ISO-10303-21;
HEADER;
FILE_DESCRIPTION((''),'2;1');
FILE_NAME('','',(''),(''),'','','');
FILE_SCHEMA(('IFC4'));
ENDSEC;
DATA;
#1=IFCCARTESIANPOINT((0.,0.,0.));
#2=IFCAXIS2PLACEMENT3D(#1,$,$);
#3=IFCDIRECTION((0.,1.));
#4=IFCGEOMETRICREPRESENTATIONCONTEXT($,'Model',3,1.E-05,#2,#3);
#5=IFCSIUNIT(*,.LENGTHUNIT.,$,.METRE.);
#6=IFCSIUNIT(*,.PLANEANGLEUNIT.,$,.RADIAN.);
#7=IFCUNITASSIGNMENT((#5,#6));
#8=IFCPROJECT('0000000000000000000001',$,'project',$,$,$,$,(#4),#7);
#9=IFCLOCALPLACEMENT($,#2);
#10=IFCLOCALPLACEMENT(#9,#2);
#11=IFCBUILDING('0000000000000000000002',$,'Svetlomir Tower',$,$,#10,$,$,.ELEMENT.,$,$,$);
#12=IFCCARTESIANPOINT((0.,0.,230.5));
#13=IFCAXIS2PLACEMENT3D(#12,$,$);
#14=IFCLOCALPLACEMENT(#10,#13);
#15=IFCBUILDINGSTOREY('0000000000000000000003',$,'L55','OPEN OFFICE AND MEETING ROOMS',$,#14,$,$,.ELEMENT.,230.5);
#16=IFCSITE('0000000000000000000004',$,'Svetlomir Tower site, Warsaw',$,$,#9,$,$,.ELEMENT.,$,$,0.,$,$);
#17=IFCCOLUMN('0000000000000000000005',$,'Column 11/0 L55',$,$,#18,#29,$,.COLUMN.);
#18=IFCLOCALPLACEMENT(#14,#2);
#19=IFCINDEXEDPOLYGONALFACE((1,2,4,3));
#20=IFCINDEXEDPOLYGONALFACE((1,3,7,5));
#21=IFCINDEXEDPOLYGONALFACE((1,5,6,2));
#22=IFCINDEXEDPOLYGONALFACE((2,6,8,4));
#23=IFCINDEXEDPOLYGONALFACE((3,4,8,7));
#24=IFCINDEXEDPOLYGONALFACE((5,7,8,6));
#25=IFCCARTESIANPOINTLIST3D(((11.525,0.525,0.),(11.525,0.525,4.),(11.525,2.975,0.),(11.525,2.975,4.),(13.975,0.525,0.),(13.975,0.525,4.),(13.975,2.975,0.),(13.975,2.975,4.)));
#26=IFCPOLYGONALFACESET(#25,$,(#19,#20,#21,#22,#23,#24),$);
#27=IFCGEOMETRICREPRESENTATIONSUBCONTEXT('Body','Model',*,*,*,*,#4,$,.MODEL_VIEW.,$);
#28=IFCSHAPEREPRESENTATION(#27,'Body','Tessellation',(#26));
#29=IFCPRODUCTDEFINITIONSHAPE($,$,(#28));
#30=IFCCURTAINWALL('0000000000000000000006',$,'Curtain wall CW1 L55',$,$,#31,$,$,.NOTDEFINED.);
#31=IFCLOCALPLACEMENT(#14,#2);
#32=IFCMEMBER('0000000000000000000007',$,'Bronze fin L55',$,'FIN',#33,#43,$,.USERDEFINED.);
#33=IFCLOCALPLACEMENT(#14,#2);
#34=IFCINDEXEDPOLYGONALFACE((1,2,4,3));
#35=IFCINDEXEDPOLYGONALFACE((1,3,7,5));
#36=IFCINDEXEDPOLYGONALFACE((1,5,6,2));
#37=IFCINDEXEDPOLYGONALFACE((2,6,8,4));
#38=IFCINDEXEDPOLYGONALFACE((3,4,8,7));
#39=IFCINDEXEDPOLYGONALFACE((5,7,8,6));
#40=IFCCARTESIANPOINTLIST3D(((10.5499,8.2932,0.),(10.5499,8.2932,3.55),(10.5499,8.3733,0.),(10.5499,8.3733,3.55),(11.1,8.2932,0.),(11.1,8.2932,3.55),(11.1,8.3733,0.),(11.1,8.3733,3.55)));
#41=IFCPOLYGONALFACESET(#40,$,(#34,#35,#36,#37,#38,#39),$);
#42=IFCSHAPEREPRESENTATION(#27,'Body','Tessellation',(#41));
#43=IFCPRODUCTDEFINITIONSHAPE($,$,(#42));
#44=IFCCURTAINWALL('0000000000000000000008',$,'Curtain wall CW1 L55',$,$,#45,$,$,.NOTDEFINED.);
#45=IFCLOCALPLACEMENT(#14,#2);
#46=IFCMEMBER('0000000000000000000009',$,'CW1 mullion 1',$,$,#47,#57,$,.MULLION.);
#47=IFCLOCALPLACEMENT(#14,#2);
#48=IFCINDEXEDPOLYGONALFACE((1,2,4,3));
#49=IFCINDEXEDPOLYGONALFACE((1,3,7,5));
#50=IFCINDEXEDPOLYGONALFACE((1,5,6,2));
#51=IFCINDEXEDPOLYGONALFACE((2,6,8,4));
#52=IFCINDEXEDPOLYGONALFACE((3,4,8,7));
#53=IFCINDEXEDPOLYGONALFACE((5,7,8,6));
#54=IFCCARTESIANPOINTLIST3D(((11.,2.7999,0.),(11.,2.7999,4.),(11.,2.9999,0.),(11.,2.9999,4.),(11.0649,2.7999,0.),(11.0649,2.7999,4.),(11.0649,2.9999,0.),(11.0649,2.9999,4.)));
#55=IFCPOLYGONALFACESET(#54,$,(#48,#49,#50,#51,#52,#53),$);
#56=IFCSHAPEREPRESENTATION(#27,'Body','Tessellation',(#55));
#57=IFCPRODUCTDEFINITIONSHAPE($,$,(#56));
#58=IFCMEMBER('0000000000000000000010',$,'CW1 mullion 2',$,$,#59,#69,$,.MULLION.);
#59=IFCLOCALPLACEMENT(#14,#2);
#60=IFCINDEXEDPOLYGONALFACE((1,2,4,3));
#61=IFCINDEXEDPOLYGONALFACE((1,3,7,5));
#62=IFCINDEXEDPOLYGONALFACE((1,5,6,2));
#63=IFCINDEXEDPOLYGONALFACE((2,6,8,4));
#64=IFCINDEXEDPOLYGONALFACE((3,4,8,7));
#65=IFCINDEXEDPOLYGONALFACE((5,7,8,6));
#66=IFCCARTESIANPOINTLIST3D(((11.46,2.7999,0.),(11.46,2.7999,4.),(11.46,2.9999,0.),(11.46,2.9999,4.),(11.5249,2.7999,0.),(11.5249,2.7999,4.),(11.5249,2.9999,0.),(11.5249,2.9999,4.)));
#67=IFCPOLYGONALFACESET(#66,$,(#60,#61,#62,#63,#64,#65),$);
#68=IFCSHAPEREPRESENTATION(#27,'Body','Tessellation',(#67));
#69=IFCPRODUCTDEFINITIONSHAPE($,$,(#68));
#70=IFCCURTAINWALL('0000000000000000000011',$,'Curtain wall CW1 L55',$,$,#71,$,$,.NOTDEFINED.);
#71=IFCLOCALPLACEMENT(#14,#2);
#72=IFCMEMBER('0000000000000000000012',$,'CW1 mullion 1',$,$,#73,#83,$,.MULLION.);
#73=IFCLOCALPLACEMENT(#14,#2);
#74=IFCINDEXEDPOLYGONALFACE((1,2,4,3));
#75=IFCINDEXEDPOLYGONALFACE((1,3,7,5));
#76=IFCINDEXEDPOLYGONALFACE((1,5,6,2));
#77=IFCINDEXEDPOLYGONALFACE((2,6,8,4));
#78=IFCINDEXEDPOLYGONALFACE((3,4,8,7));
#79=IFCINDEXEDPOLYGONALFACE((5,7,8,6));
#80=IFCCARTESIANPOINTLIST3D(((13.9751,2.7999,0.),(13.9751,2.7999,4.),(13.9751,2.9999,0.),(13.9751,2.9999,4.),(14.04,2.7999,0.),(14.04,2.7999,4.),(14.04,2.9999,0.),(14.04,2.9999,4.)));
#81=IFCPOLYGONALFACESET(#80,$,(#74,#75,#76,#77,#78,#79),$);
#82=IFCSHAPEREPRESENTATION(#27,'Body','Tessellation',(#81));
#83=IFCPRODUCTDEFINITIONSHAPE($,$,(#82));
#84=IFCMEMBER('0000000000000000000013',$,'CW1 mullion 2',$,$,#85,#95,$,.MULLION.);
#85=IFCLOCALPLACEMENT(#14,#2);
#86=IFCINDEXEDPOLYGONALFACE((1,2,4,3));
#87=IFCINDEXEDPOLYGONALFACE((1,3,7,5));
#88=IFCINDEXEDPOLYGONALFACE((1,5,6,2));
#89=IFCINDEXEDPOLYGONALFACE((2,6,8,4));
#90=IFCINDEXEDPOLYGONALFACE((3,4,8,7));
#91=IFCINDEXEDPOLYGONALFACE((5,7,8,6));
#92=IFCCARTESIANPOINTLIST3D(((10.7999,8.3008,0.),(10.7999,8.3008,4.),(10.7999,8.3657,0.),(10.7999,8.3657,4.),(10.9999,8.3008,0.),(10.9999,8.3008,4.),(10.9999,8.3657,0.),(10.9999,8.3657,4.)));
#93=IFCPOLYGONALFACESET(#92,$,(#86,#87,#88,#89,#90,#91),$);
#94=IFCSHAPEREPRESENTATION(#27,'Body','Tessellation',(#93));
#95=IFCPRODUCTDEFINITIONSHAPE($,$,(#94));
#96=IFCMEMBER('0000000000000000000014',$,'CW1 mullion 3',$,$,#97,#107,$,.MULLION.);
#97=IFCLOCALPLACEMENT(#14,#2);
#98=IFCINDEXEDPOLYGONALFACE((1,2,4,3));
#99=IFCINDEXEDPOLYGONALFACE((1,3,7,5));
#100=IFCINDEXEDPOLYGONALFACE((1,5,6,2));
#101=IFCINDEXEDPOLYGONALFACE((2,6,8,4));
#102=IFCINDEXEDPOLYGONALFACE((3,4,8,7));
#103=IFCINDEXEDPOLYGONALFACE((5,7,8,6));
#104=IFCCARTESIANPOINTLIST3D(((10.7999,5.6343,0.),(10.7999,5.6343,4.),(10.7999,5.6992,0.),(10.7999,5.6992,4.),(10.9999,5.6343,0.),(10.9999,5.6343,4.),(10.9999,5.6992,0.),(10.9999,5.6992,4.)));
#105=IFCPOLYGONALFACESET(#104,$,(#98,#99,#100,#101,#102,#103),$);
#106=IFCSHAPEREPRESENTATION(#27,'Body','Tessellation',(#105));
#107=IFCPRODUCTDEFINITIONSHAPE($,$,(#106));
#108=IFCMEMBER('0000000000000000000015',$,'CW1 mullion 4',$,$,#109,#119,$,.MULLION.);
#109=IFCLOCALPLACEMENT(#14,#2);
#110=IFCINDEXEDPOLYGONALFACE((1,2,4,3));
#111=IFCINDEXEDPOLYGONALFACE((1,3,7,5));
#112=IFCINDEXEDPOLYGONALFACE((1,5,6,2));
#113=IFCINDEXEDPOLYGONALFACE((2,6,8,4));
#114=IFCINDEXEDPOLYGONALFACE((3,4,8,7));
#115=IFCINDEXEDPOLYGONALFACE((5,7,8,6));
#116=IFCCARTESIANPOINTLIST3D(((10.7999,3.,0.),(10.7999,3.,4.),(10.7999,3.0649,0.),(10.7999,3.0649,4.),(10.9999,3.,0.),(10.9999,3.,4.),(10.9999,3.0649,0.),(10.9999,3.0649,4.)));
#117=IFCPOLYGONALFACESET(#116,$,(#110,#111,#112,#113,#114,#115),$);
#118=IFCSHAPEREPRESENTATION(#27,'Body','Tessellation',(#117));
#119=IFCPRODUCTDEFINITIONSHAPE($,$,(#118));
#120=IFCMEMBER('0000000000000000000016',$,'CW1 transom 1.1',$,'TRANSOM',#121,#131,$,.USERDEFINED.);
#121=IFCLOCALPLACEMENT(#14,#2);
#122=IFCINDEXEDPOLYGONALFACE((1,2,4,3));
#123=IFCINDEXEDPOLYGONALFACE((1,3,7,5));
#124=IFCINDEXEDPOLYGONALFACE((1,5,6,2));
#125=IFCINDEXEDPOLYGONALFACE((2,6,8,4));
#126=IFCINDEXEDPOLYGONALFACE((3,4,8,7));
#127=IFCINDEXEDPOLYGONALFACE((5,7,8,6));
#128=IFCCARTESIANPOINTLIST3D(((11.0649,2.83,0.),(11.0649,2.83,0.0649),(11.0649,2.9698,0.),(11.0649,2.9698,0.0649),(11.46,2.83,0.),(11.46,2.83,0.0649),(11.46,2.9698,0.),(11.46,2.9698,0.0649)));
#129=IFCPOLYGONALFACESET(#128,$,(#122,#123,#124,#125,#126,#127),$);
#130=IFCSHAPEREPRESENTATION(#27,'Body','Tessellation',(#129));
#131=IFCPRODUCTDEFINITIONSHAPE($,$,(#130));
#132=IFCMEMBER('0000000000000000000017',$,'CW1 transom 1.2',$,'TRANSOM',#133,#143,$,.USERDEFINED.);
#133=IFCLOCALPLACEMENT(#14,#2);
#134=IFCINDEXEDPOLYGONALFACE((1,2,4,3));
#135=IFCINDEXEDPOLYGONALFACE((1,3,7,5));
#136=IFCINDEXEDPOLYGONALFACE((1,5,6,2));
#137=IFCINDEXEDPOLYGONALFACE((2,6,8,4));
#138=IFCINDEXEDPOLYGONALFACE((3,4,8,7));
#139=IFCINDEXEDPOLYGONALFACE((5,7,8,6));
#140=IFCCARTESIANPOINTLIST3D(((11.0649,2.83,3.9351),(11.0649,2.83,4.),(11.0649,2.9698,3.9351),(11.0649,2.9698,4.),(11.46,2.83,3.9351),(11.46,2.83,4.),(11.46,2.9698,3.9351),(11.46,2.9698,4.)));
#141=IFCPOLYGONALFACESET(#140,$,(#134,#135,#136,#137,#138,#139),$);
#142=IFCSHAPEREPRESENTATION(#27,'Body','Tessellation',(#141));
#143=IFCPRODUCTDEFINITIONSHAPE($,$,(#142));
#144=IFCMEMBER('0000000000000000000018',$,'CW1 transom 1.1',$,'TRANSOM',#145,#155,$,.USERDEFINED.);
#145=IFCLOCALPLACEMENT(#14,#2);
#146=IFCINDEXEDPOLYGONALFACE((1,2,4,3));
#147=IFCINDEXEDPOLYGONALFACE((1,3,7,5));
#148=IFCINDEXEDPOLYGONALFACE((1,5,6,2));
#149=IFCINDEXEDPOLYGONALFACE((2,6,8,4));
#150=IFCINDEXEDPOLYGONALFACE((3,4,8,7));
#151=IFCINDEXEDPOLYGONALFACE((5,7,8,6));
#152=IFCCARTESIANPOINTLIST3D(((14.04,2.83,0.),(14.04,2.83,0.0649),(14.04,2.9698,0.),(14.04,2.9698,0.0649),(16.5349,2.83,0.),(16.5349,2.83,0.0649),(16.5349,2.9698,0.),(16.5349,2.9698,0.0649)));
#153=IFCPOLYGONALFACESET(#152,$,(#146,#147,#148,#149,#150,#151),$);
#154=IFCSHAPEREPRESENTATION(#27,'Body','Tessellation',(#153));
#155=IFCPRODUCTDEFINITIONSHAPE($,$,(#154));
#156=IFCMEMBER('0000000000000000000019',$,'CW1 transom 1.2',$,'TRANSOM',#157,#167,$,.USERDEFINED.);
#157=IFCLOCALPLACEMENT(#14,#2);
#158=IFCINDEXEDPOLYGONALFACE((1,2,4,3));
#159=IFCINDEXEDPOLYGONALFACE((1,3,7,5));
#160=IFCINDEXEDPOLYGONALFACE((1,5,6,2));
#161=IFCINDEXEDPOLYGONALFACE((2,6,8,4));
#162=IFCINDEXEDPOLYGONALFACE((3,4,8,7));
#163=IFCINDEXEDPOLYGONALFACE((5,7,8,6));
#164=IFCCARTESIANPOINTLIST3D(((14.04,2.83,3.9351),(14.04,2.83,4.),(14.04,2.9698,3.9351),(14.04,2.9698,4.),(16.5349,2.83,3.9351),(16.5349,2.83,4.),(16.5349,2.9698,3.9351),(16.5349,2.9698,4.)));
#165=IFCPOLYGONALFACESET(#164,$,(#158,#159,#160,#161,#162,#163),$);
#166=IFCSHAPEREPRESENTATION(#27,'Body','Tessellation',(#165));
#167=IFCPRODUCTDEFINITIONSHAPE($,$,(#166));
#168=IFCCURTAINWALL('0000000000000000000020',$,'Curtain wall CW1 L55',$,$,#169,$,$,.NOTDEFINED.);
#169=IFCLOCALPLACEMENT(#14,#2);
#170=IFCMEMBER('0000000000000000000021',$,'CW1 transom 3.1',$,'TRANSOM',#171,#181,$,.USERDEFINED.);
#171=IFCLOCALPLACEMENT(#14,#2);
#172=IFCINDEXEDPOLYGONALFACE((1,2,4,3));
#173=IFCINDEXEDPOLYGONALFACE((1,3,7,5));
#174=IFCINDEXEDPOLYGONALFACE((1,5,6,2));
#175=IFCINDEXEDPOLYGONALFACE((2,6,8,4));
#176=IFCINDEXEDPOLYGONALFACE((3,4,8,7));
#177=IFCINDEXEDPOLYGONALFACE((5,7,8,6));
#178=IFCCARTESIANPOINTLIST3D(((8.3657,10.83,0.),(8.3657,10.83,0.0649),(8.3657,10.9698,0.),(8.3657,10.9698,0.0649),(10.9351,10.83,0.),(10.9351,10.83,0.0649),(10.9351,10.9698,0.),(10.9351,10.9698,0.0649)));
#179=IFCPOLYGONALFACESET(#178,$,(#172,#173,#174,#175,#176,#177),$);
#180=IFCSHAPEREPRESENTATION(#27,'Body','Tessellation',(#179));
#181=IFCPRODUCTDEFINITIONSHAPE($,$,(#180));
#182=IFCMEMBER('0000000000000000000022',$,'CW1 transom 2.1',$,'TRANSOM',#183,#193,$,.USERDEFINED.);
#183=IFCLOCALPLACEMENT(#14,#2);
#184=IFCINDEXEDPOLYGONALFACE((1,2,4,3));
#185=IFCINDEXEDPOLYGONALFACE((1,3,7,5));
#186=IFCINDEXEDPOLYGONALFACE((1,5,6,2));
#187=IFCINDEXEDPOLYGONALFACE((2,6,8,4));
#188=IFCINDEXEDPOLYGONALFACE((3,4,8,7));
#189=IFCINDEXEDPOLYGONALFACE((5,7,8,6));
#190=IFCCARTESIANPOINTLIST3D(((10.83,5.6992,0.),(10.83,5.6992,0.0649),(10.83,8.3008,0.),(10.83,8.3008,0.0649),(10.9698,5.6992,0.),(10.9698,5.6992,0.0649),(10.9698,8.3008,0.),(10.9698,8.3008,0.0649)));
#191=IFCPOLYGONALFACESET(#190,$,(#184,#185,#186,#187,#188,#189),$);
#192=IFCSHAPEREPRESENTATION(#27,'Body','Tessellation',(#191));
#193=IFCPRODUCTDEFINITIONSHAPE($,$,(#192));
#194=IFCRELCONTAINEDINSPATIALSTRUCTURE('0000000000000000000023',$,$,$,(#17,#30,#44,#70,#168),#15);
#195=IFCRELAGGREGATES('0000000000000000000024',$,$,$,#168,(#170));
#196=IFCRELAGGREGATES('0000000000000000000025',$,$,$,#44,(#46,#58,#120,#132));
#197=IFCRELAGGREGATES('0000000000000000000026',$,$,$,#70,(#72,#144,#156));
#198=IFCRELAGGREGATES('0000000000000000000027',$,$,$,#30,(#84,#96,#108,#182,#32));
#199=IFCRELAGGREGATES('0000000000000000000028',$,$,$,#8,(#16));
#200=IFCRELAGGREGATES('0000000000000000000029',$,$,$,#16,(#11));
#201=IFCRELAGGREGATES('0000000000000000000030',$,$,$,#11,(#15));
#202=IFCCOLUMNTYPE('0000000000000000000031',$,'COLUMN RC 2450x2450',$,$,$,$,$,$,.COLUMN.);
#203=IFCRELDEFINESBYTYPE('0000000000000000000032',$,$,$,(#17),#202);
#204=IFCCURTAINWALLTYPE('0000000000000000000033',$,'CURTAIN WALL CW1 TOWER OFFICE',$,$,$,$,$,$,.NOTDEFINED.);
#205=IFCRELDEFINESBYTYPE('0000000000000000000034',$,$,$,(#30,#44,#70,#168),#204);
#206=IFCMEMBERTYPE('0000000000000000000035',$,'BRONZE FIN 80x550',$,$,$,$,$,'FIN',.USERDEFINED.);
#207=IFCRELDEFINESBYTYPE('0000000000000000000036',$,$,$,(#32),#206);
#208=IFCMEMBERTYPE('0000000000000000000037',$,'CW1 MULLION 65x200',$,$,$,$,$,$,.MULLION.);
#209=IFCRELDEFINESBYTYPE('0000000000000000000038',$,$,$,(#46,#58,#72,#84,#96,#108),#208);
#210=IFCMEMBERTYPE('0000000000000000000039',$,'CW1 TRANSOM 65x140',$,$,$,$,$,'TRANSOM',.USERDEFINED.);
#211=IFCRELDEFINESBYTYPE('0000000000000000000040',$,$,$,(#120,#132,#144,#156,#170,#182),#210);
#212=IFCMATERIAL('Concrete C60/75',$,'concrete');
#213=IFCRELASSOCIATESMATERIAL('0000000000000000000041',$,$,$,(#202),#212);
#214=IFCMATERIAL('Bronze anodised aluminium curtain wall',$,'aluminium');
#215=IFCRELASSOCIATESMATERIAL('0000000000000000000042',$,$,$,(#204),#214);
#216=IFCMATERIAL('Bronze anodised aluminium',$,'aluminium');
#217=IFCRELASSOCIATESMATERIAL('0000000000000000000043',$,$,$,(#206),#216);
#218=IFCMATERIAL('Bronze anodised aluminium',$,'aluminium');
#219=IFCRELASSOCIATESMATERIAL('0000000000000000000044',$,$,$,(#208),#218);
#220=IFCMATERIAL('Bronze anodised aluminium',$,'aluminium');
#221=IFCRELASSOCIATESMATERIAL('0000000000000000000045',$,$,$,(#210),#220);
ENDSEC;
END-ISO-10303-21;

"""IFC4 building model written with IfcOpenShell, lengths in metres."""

from ifc_helpers import new_model, si_unit, direction, frame, origin, origin_2d, place, context, subcontext, project, spatial, rectangle, extrude, material, material_profile, profile_set, type_object, element, aggregate, save


model = new_model("IFC4")

# Units and contexts
model_context = context("Model", 3, precision=1e-05, world=origin(), true_north=direction((0.0, 1.0)))
body_context = subcontext(model_context, "Body", "Model", "MODEL_VIEW")
ifc_project = project(units=[si_unit("LENGTHUNIT", "METRE"), si_unit("PLANEANGLEUNIT", "RADIAN")], contexts=[model_context])

# Site, building, storey
site_placement = place(None, origin())
site = spatial("IfcSite", under=ifc_project, at=site_placement, Name="Svetlomir Tower site, Warsaw", CompositionType="ELEMENT", RefElevation=0.0)
building_placement = place(site_placement, origin())
building = spatial("IfcBuilding", under=site, at=building_placement, Name="Svetlomir Tower", CompositionType="ELEMENT")
storey_placement = place(building_placement, frame((0.0, 0.0, 230.5)))
storey = spatial("IfcBuildingStorey", under=building, at=storey_placement, Name="L55", Description="OPEN OFFICE AND MEETING ROOMS", CompositionType="ELEMENT", Elevation=230.5)

# Column
ifc_material_1 = material(Name="Concrete C60/75", Category="concrete")
ifc_material_profile_1 = material_profile(ifc_material_1, rectangle(XDim=2.45, YDim=2.45, at=origin_2d()), Name="RC 2450x2450")
ifc_profile_set_1 = profile_set([ifc_material_profile_1], Name="Concrete C60/75")
column_type = type_object("IfcColumnType", Name="COLUMN RC 2450x2450", PredefinedType="COLUMN", material=ifc_profile_set_1)
column_placement = place(storey_placement, frame((12.75, 1.75, 0.0), z_axis=(0.0, 0.0, 1.0), x_axis=(1.0, 0.0, 0.0)))
element("IfcColumn", 1, at=column_placement, inside=storey, type_object=column_type, Name="Column 11/0 L55", PredefinedType="COLUMN", context=body_context, shape_type="SweptSolid", body=[
    extrude(rectangle(XDim=2.45, YDim=2.45, at=origin_2d()), origin(), (0.0, 0.0, 1.0), 4.0),
])

# Curtain wall, member
ifc_material_2 = material(Name="Bronze anodised aluminium curtain wall", Category="aluminium")
curtain_wall_type = type_object("IfcCurtainWallType", Name="CURTAIN WALL CW1 TOWER OFFICE", PredefinedType="NOTDEFINED", material=ifc_material_2)
curtain_wall_1_placement = place(storey_placement, origin())
curtain_wall_1 = element("IfcCurtainWall", 2, at=curtain_wall_1_placement, inside=storey, type_object=curtain_wall_type, Name="Curtain wall CW1 L55", PredefinedType="NOTDEFINED")
ifc_material_3 = material(Name="Bronze anodised aluminium", Category="aluminium")
ifc_material_profile_2 = material_profile(ifc_material_3, rectangle(XDim=0.0801, YDim=0.55, at=origin_2d()), Name="FIN 80x550")
ifc_profile_set_2 = profile_set([ifc_material_profile_2], Name="Bronze anodised aluminium 6063-T6")
member_type_1 = type_object("IfcMemberType", Name="BRONZE FIN 80x550", ElementType="FIN", PredefinedType="USERDEFINED", material=ifc_profile_set_2)
member_1_placement = place(storey_placement, frame((10.825, 8.3333, 0.0), z_axis=(0.0, 0.0, 1.0), x_axis=(0.0, 1.0, 0.0)))
member_1 = element("IfcMember", 3, at=member_1_placement, type_object=member_type_1, Name="Bronze fin L55", ObjectType="FIN", PredefinedType="USERDEFINED", context=body_context, shape_type="SweptSolid", body=[
    extrude(rectangle(XDim=0.0801, YDim=0.55, at=origin_2d()), origin(), (0.0, 0.0, 1.0), 3.55),
])

# Curtain wall, members
curtain_wall_2_placement = place(storey_placement, origin())
curtain_wall_2 = element("IfcCurtainWall", 4, at=curtain_wall_2_placement, inside=storey, type_object=curtain_wall_type, Name="Curtain wall CW1 L55", PredefinedType="NOTDEFINED")
ifc_material_4 = material(Name="Bronze anodised aluminium", Category="aluminium")
ifc_material_profile_3 = material_profile(ifc_material_4, rectangle(XDim=0.0649, YDim=0.2, at=origin_2d()), Name="AL 65x200")
ifc_profile_set_3 = profile_set([ifc_material_profile_3], Name="Bronze anodised aluminium 6063-T6")
member_type_2 = type_object("IfcMemberType", Name="CW1 MULLION 65x200", PredefinedType="MULLION", material=ifc_profile_set_3)
member_2_placement = place(storey_placement, frame((11.0325, 2.8999, 0.0), z_axis=(0.0, 0.0, 1.0), x_axis=(1.0, 0.0, 0.0)))
member_2 = element("IfcMember", 5, at=member_2_placement, type_object=member_type_2, Name="CW1 mullion 1", PredefinedType="MULLION", context=body_context, shape_type="SweptSolid", body=[
    extrude(rectangle(XDim=0.0649, YDim=0.2, at=origin_2d()), origin(), (0.0, 0.0, 1.0), 4.0),
])
member_3_placement = place(storey_placement, frame((11.4924, 2.8999, 0.0), z_axis=(0.0, 0.0, 1.0), x_axis=(1.0, 0.0, 0.0)))
member_3 = element("IfcMember", 6, at=member_3_placement, type_object=member_type_2, Name="CW1 mullion 2", PredefinedType="MULLION", context=body_context, shape_type="SweptSolid", body=[
    extrude(rectangle(XDim=0.0649, YDim=0.2, at=origin_2d()), origin(), (0.0, 0.0, 1.0), 4.0),
])

# Curtain wall, member
curtain_wall_3_placement = place(storey_placement, origin())
curtain_wall_3 = element("IfcCurtainWall", 7, at=curtain_wall_3_placement, inside=storey, type_object=curtain_wall_type, Name="Curtain wall CW1 L55", PredefinedType="NOTDEFINED")
member_4_placement = place(storey_placement, frame((14.0076, 2.8999, 0.0), z_axis=(0.0, 0.0, 1.0), x_axis=(1.0, 0.0, 0.0)))
member_4 = element("IfcMember", 8, at=member_4_placement, type_object=member_type_2, Name="CW1 mullion 1", PredefinedType="MULLION", context=body_context, shape_type="SweptSolid", body=[
    extrude(rectangle(XDim=0.0649, YDim=0.2, at=origin_2d()), origin(), (0.0, 0.0, 1.0), 4.0),
])

# Members
member_5_placement = place(storey_placement, frame((10.8999, 8.3333, 0.0), z_axis=(0.0, 0.0, 1.0), x_axis=(0.0, -1.0, 0.0)))
member_5 = element("IfcMember", 9, at=member_5_placement, type_object=member_type_2, Name="CW1 mullion 2", PredefinedType="MULLION", context=body_context, shape_type="SweptSolid", body=[
    extrude(rectangle(XDim=0.0649, YDim=0.2, at=origin_2d()), origin(), (0.0, 0.0, 1.0), 4.0),
])
member_6_placement = place(storey_placement, frame((10.8999, 5.6667, 0.0), z_axis=(0.0, 0.0, 1.0), x_axis=(0.0, -1.0, 0.0)))
member_6 = element("IfcMember", 10, at=member_6_placement, type_object=member_type_2, Name="CW1 mullion 3", PredefinedType="MULLION", context=body_context, shape_type="SweptSolid", body=[
    extrude(rectangle(XDim=0.0649, YDim=0.2, at=origin_2d()), origin(), (0.0, 0.0, 1.0), 4.0),
])
member_7_placement = place(storey_placement, frame((10.8999, 3.0325, 0.0), z_axis=(0.0, 0.0, 1.0), x_axis=(0.0, -1.0, 0.0)))
member_7 = element("IfcMember", 11, at=member_7_placement, type_object=member_type_2, Name="CW1 mullion 4", PredefinedType="MULLION", context=body_context, shape_type="SweptSolid", body=[
    extrude(rectangle(XDim=0.0649, YDim=0.2, at=origin_2d()), origin(), (0.0, 0.0, 1.0), 4.0),
])
ifc_material_5 = material(Name="Bronze anodised aluminium", Category="aluminium")
ifc_material_profile_4 = material_profile(ifc_material_5, rectangle(XDim=0.1399, YDim=0.0649, at=origin_2d()), Name="AL 140x65")
ifc_profile_set_4 = profile_set([ifc_material_profile_4], Name="Bronze anodised aluminium 6063-T6")
member_type_3 = type_object("IfcMemberType", Name="CW1 TRANSOM 65x140", ElementType="TRANSOM", PredefinedType="USERDEFINED", material=ifc_profile_set_4)
member_8_placement = place(storey_placement, frame((11.0649, 2.8999, 0.0325), z_axis=(1.0, 0.0, 0.0), x_axis=(0.0, 1.0, 0.0)))
member_8 = element("IfcMember", 12, at=member_8_placement, type_object=member_type_3, Name="CW1 transom 1.1", ObjectType="TRANSOM", PredefinedType="USERDEFINED", context=body_context, shape_type="SweptSolid", body=[
    extrude(rectangle(XDim=0.1399, YDim=0.0649, at=origin_2d()), origin(), (0.0, 0.0, 1.0), 0.395),
])
member_9_placement = place(storey_placement, frame((11.0649, 2.8999, 3.9675), z_axis=(1.0, 0.0, 0.0), x_axis=(0.0, 1.0, 0.0)))
member_9 = element("IfcMember", 13, at=member_9_placement, type_object=member_type_3, Name="CW1 transom 1.2", ObjectType="TRANSOM", PredefinedType="USERDEFINED", context=body_context, shape_type="SweptSolid", body=[
    extrude(rectangle(XDim=0.1399, YDim=0.0649, at=origin_2d()), origin(), (0.0, 0.0, 1.0), 0.395),
])
member_10_placement = place(storey_placement, frame((14.04, 2.8999, 0.0325), z_axis=(1.0, 0.0, 0.0), x_axis=(0.0, 1.0, 0.0)))
member_10 = element("IfcMember", 14, at=member_10_placement, type_object=member_type_3, Name="CW1 transom 1.1", ObjectType="TRANSOM", PredefinedType="USERDEFINED", context=body_context, shape_type="SweptSolid", body=[
    extrude(rectangle(XDim=0.1399, YDim=0.0649, at=origin_2d()), origin(), (0.0, 0.0, 1.0), 2.4949),
])
member_11_placement = place(storey_placement, frame((14.04, 2.8999, 3.9675), z_axis=(1.0, 0.0, 0.0), x_axis=(0.0, 1.0, 0.0)))
member_11 = element("IfcMember", 15, at=member_11_placement, type_object=member_type_3, Name="CW1 transom 1.2", ObjectType="TRANSOM", PredefinedType="USERDEFINED", context=body_context, shape_type="SweptSolid", body=[
    extrude(rectangle(XDim=0.1399, YDim=0.0649, at=origin_2d()), origin(), (0.0, 0.0, 1.0), 2.4949),
])

# Curtain wall, member
curtain_wall_4_placement = place(storey_placement, origin())
curtain_wall_4 = element("IfcCurtainWall", 16, at=curtain_wall_4_placement, inside=storey, type_object=curtain_wall_type, Name="Curtain wall CW1 L55", PredefinedType="NOTDEFINED")
member_12_placement = place(storey_placement, frame((8.3657, 10.8999, 0.0325), z_axis=(1.0, 0.0, 0.0), x_axis=(0.0, 1.0, 0.0)))
member_12 = element("IfcMember", 17, at=member_12_placement, type_object=member_type_3, Name="CW1 transom 3.1", ObjectType="TRANSOM", PredefinedType="USERDEFINED", context=body_context, shape_type="SweptSolid", body=[
    extrude(rectangle(XDim=0.1399, YDim=0.0649, at=origin_2d()), origin(), (0.0, 0.0, 1.0), 2.5693),
])
aggregate(curtain_wall_4, [member_12])

# Member
member_13_placement = place(storey_placement, frame((10.8999, 8.3008, 0.0325), z_axis=(0.0, -1.0, 0.0), x_axis=(1.0, 0.0, 0.0)))
member_13 = element("IfcMember", 18, at=member_13_placement, type_object=member_type_3, Name="CW1 transom 2.1", ObjectType="TRANSOM", PredefinedType="USERDEFINED", context=body_context, shape_type="SweptSolid", body=[
    extrude(rectangle(XDim=0.1399, YDim=0.0649, at=origin_2d()), origin(), (0.0, 0.0, 1.0), 2.6016),
])

aggregate(curtain_wall_2, [member_2, member_3, member_8, member_9])
aggregate(curtain_wall_3, [member_4, member_10, member_11])
aggregate(curtain_wall_1, [member_5, member_6, member_7, member_13, member_1])

save(model, "model.ifc")
